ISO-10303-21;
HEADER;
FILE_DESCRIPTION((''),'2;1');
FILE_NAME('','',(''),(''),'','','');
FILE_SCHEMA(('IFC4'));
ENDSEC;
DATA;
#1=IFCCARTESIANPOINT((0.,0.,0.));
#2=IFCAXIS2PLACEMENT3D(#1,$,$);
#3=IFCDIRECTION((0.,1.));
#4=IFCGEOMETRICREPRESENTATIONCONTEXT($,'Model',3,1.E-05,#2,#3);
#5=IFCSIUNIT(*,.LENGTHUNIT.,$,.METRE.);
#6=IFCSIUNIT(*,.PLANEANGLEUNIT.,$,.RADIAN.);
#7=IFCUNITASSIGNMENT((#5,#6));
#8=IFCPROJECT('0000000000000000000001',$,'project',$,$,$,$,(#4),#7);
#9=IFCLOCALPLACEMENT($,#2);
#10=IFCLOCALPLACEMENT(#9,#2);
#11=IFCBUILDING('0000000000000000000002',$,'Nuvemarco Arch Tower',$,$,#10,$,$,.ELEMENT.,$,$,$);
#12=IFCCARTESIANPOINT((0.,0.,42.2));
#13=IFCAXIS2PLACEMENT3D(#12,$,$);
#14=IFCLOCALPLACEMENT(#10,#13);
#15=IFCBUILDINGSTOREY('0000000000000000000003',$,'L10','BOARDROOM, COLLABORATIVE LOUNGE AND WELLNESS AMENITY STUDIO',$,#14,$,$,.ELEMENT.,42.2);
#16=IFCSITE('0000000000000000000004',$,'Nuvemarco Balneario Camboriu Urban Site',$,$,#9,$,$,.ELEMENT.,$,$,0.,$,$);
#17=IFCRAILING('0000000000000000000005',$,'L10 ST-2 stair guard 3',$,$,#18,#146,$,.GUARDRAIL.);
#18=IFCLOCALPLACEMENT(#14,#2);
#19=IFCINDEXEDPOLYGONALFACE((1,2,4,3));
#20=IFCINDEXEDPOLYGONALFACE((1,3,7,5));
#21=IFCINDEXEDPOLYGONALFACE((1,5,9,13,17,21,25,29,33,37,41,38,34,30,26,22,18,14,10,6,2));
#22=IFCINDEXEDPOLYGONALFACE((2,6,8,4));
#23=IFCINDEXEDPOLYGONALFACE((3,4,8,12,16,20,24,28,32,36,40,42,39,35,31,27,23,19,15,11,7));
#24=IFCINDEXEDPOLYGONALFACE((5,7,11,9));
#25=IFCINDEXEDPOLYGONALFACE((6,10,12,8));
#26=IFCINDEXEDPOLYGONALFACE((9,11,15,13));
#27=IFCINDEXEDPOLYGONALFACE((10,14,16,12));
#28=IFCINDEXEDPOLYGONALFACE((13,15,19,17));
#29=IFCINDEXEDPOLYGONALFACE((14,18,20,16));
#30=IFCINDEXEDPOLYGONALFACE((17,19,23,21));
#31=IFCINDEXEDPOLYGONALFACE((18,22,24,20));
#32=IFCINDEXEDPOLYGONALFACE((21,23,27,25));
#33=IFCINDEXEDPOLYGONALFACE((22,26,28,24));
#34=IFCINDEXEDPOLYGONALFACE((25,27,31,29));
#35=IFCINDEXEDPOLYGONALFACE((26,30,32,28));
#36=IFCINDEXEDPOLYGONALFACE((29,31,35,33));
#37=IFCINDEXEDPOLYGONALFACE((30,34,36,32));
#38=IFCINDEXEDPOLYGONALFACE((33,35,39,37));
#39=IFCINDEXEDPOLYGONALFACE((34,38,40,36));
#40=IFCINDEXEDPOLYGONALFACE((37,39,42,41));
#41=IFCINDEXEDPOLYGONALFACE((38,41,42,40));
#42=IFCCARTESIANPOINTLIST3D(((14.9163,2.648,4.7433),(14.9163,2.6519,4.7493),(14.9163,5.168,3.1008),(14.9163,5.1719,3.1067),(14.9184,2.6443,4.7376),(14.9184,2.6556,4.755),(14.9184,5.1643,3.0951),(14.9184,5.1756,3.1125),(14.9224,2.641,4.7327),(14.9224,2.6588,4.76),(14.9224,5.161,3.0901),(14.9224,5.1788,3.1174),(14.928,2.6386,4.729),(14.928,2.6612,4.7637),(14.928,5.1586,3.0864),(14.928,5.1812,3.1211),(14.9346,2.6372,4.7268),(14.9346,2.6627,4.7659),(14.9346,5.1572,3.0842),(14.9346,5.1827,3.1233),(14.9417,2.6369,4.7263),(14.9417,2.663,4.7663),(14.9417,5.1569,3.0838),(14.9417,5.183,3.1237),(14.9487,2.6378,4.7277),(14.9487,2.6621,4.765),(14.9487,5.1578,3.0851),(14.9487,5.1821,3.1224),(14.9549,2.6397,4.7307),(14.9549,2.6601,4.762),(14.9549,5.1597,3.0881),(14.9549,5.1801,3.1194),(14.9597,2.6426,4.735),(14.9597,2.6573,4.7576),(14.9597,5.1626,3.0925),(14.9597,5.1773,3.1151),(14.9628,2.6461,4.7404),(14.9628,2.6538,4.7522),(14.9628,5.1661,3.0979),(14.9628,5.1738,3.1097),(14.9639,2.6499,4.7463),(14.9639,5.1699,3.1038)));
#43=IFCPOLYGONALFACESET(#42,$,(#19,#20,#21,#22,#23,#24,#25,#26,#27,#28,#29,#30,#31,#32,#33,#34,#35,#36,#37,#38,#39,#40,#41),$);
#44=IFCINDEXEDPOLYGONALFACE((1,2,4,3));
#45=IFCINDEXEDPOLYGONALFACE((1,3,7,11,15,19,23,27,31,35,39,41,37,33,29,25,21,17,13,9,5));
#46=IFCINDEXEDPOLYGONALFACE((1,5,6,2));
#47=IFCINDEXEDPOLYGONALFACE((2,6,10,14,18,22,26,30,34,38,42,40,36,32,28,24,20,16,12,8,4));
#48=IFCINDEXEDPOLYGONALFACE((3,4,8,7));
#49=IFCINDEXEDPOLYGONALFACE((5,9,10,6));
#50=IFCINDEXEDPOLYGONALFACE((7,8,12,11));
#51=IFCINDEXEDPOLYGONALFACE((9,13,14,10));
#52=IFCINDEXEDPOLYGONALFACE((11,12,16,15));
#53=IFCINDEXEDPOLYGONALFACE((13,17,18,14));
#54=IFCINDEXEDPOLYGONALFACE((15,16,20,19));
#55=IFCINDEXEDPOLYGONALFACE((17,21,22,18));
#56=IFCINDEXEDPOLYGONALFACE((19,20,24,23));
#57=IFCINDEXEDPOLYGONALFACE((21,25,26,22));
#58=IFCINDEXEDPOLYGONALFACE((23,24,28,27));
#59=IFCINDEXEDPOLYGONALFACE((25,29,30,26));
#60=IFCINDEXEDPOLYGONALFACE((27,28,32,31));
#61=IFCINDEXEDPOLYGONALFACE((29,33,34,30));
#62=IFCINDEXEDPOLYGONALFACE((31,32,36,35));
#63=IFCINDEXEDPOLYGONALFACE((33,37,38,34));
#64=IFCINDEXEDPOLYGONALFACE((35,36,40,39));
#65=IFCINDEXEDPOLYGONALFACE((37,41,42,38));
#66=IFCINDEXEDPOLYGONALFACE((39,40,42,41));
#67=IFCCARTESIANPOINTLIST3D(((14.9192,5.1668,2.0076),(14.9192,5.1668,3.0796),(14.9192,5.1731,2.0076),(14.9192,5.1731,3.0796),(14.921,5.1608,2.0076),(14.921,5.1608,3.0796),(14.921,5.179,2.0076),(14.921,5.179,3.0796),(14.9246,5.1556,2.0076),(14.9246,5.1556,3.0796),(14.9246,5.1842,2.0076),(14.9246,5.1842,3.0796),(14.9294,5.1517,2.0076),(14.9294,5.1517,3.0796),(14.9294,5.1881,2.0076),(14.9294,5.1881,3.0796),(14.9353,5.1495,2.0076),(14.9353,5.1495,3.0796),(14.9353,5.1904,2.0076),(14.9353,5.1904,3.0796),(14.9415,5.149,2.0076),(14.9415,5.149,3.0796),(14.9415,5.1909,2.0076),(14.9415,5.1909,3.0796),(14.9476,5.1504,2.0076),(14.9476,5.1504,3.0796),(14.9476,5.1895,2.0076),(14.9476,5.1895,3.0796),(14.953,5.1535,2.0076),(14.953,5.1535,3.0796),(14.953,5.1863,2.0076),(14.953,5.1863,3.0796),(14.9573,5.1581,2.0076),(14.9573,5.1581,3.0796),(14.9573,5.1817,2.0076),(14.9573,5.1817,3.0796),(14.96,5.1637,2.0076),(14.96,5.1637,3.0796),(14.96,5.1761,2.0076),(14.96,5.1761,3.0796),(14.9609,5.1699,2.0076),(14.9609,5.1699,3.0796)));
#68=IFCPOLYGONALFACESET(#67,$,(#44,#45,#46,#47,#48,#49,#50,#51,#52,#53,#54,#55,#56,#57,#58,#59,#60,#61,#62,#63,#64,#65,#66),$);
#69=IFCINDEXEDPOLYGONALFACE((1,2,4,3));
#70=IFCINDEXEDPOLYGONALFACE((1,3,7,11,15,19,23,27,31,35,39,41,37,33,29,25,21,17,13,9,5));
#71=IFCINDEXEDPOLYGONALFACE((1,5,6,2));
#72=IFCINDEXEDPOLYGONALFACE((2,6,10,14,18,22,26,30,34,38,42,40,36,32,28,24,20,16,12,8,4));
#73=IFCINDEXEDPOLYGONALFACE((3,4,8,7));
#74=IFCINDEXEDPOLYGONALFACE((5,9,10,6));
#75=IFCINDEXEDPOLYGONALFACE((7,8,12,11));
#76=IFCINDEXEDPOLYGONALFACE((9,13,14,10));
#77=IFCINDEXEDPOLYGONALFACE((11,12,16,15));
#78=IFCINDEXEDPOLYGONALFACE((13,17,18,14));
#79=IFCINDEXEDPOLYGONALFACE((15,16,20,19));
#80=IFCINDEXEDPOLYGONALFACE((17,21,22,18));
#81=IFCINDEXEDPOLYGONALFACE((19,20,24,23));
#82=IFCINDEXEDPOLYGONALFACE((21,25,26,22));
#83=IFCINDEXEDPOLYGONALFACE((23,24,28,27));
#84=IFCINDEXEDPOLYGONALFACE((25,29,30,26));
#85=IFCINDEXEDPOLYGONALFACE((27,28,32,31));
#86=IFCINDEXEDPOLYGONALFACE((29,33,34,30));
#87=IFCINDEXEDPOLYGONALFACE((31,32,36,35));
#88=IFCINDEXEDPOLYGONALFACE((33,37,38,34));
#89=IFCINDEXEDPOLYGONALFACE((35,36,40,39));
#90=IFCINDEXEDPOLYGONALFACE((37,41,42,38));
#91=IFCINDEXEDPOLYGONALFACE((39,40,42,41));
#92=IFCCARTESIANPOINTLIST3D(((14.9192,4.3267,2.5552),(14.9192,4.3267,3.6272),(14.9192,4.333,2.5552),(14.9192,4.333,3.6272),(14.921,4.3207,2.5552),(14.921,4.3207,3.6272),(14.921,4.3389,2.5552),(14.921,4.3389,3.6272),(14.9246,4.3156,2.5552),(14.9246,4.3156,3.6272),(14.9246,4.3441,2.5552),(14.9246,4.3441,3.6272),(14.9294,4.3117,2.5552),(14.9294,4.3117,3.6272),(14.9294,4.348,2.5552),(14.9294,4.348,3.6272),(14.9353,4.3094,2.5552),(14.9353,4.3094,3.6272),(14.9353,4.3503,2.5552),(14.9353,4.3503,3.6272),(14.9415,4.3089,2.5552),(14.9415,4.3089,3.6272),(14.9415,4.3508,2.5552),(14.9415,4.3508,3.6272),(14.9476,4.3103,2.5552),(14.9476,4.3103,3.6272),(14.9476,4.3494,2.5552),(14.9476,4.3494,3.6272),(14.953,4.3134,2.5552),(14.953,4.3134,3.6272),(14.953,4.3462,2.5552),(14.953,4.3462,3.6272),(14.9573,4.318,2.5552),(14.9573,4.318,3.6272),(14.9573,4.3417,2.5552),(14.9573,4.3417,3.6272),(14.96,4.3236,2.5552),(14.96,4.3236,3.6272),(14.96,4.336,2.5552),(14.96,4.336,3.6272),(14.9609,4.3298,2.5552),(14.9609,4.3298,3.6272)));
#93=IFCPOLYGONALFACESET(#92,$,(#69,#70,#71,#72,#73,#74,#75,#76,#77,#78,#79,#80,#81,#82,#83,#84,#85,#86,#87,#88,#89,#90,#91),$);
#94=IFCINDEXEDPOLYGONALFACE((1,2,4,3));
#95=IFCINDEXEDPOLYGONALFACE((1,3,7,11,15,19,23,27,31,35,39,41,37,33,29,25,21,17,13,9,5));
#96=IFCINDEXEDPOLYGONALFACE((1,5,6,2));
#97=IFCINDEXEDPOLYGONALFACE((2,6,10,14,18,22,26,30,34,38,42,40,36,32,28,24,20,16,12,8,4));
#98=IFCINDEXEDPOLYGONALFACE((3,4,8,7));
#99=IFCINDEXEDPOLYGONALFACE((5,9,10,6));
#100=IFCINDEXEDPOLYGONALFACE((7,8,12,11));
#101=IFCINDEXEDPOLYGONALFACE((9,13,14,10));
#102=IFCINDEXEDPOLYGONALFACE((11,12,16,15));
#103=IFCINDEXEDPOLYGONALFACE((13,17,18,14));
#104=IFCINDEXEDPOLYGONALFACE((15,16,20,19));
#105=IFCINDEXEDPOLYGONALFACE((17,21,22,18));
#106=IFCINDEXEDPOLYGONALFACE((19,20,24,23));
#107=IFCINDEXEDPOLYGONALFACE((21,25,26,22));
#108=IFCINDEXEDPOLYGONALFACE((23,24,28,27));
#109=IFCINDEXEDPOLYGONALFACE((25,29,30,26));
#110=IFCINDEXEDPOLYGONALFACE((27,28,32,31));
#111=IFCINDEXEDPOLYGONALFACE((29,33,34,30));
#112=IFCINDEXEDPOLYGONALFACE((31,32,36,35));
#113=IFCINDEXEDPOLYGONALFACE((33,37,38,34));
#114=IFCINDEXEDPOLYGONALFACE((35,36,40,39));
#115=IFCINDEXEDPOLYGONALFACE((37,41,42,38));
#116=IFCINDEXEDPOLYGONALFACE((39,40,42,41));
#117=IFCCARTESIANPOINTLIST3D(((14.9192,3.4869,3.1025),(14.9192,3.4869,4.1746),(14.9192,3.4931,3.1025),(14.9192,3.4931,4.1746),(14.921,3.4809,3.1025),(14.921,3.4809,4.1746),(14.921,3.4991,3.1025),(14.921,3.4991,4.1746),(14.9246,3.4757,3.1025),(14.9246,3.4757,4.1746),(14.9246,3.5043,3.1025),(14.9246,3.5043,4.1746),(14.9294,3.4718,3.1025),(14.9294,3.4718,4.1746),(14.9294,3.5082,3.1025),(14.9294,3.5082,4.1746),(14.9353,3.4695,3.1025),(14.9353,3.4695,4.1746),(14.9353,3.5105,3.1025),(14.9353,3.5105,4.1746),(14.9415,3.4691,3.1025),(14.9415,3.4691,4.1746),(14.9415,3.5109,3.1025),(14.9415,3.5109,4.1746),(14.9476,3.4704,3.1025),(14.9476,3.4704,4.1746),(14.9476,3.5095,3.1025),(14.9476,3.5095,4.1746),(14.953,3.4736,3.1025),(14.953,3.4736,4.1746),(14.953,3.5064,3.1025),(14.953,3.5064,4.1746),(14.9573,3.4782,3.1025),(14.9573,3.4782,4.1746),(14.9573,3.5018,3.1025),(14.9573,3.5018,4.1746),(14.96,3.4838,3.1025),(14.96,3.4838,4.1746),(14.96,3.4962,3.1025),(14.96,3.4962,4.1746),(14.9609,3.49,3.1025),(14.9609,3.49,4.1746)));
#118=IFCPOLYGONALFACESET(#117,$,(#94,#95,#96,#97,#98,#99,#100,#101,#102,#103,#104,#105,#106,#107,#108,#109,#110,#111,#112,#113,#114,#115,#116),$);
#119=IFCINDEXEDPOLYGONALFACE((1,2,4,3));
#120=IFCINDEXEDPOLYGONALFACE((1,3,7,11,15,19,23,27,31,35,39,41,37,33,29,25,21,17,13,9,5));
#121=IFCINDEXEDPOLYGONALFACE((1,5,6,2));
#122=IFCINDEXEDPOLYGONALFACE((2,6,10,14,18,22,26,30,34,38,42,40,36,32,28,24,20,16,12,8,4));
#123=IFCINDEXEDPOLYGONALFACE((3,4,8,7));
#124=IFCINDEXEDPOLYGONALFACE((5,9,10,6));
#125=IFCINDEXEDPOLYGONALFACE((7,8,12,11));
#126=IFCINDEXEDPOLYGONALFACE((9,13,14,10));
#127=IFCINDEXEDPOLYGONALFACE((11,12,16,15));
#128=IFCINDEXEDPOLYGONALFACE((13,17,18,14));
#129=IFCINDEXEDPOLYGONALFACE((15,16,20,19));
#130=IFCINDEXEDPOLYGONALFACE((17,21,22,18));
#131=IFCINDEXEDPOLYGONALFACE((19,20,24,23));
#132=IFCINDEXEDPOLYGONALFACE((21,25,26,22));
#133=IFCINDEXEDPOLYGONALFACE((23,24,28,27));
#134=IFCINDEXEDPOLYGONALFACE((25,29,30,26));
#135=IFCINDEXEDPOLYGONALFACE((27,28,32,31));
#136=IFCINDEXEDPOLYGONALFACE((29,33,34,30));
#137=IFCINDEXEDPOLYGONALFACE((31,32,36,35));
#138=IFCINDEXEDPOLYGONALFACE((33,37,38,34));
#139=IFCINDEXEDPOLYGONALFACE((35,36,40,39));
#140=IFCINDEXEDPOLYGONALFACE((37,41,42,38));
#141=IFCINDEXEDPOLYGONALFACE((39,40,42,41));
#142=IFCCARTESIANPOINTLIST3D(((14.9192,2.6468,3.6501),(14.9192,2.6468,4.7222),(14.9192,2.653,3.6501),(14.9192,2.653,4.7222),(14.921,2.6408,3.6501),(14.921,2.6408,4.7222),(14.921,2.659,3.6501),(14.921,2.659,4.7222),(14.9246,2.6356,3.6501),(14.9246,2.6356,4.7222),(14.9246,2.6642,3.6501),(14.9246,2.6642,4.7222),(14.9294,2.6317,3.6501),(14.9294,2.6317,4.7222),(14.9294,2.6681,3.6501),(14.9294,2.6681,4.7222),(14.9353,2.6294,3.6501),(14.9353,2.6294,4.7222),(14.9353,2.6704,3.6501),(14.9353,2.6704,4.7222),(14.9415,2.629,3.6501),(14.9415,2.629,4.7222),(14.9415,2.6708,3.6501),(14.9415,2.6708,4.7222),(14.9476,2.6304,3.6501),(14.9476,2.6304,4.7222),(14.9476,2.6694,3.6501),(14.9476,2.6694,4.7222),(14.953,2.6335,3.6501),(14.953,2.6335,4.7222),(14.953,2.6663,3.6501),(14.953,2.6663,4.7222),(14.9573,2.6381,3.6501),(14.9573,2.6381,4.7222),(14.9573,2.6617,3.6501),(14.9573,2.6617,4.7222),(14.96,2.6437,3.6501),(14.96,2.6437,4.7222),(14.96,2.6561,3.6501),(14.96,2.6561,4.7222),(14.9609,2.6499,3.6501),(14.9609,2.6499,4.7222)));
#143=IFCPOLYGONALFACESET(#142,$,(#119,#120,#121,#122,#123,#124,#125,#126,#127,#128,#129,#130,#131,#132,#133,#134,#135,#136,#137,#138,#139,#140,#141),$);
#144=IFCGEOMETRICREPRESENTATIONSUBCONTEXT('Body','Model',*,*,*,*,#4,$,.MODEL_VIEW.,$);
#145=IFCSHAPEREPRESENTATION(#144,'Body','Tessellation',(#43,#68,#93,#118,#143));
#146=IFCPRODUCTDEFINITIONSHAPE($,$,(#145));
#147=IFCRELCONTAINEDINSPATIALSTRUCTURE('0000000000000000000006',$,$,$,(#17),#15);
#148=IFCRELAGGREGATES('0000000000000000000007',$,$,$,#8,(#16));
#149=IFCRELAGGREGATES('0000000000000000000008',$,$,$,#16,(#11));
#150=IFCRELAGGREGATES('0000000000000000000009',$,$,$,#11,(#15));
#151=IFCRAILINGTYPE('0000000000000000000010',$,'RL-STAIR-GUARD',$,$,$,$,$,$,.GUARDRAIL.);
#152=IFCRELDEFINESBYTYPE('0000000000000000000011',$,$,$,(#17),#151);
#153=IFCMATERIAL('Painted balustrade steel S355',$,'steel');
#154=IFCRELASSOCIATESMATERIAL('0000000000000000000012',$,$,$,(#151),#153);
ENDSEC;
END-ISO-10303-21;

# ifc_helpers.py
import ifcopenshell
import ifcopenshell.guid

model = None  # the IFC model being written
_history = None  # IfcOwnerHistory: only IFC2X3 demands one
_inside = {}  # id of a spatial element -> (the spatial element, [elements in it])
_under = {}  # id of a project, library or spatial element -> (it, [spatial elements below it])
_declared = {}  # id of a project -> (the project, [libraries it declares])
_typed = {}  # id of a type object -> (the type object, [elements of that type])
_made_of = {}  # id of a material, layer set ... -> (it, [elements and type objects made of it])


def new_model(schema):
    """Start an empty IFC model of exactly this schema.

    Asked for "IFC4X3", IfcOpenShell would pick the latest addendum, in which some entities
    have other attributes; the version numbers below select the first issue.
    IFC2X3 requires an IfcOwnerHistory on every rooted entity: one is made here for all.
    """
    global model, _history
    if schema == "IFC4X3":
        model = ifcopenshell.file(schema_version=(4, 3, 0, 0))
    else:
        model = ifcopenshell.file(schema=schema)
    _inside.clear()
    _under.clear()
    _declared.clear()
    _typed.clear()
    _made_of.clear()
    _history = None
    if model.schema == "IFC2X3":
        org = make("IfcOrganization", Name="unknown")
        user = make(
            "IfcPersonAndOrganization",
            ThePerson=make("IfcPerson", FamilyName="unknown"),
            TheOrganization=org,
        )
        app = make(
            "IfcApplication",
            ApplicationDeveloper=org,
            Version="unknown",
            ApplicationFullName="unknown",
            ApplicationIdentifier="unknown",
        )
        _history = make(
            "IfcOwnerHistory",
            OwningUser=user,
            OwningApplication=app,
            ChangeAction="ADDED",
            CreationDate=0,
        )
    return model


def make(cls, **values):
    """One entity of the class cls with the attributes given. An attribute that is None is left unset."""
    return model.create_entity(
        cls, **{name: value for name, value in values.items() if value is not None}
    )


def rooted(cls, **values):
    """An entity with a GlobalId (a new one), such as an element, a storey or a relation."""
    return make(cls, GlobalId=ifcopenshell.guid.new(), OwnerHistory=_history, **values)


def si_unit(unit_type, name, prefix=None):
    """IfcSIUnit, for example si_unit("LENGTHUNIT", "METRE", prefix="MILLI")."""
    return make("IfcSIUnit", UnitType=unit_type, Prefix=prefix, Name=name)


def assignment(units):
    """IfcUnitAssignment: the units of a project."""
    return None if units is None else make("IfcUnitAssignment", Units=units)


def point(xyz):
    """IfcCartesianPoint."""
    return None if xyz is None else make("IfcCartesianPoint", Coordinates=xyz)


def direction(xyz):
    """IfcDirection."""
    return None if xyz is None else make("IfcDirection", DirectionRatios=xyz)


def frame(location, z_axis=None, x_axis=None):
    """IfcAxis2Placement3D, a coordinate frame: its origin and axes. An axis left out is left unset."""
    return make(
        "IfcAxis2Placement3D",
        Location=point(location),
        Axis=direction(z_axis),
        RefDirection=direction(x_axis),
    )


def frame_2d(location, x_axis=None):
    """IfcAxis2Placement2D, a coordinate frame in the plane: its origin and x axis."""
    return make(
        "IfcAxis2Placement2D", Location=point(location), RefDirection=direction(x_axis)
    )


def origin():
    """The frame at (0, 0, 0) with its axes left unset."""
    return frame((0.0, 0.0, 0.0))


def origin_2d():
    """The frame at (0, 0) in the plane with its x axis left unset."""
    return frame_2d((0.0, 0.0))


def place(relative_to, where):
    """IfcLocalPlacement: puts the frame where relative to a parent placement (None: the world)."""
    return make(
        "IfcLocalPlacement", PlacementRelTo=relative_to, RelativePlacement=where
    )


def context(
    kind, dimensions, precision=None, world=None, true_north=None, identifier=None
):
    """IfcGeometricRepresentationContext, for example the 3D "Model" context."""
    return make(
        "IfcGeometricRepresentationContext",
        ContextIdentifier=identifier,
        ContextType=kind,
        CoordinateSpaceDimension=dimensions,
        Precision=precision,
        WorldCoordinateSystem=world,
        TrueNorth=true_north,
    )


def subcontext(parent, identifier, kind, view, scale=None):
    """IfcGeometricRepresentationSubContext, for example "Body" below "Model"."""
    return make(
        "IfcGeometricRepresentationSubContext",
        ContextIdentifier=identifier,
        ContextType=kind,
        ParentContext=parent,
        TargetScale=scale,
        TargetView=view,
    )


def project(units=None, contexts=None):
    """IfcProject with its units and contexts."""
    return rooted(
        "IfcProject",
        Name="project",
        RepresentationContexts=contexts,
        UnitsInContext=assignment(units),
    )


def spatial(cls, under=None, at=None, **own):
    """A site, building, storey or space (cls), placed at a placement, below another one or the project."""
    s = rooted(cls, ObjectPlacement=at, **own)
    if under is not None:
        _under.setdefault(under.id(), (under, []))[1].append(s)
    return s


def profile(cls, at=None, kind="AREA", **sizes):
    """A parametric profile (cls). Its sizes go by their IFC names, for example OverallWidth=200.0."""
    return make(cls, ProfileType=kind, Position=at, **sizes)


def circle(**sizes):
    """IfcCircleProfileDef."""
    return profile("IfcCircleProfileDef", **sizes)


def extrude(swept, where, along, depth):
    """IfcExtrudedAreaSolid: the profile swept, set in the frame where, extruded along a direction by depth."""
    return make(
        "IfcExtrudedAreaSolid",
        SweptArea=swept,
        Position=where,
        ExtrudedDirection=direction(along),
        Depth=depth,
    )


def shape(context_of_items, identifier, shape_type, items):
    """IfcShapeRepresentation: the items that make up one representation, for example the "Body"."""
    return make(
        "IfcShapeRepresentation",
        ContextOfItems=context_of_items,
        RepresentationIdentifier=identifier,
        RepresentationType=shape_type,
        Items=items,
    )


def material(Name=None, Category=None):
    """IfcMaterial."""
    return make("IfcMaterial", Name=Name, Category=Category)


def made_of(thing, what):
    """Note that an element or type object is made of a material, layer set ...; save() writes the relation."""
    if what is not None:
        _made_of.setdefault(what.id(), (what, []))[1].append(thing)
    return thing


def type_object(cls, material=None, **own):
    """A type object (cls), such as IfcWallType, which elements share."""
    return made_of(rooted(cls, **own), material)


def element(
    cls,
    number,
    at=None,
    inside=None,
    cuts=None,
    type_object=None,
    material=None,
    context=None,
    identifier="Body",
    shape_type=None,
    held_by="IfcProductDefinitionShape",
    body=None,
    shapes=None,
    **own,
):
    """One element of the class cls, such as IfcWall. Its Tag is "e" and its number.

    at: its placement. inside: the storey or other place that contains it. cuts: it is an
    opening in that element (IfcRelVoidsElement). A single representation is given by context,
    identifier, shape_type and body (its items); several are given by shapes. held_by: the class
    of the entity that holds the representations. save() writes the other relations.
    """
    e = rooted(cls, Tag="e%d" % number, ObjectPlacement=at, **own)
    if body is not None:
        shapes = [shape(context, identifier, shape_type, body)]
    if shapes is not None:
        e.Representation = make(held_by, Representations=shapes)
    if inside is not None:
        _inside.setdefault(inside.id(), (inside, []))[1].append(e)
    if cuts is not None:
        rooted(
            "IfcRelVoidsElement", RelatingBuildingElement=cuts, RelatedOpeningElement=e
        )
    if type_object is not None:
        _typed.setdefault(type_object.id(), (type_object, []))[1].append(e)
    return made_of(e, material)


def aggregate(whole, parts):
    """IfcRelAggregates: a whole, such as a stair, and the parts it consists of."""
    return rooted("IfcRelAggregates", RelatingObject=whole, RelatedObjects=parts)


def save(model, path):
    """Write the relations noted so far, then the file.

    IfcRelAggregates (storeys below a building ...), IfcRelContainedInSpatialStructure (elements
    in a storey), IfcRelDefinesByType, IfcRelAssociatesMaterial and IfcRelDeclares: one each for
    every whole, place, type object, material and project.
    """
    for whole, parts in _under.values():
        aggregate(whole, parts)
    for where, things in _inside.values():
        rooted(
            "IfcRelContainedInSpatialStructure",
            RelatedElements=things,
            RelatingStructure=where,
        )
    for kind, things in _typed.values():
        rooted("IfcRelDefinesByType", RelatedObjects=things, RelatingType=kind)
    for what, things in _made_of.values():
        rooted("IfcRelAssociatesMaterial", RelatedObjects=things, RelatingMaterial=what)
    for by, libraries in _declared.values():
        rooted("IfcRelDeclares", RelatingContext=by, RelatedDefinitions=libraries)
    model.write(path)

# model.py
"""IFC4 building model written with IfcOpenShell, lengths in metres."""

from ifc_helpers import new_model, si_unit, direction, frame, origin, origin_2d, place, context, subcontext, project, spatial, circle, extrude, material, type_object, element, save


model = new_model("IFC4")

# Units and contexts
model_context = context("Model", 3, precision=1e-05, world=origin(), true_north=direction((0.0, 1.0)))
body_context = subcontext(model_context, "Body", "Model", "MODEL_VIEW")
ifc_project = project(units=[si_unit("LENGTHUNIT", "METRE"), si_unit("PLANEANGLEUNIT", "RADIAN")], contexts=[model_context])

# Site, building, storey
site_placement = place(None, origin())
site = spatial("IfcSite", under=ifc_project, at=site_placement, Name="Nuvemarco Balneario Camboriu Urban Site", CompositionType="ELEMENT", RefElevation=0.0)
building_placement = place(site_placement, origin())
building = spatial("IfcBuilding", under=site, at=building_placement, Name="Nuvemarco Arch Tower", CompositionType="ELEMENT")
storey_placement = place(building_placement, frame((0.0, 0.0, 42.2)))
storey = spatial("IfcBuildingStorey", under=building, at=storey_placement, Name="L10", Description="BOARDROOM, COLLABORATIVE LOUNGE AND WELLNESS AMENITY STUDIO", CompositionType="ELEMENT", Elevation=42.2)

# Railing
ifc_material_1 = material(Name="Painted balustrade steel S355", Category="steel")
railing_type_1 = type_object("IfcRailingType", Name="RL-STAIR-GUARD", PredefinedType="GUARDRAIL", material=ifc_material_1)
railing_1_placement = place(storey_placement, frame((14.9399, 5.1699, 2.0076)))
element("IfcRailing", 1, at=railing_1_placement, inside=storey, type_object=railing_type_1, Name="L10 ST-2 stair guard 3", PredefinedType="GUARDRAIL", context=body_context, shape_type="SweptSolid", body=[
    extrude(circle(Radius=0.0239, at=origin_2d()), frame((0.0, 0.0, 1.0962), z_axis=(0.0, -0.837749, 0.546055), x_axis=(1.0, 0.0, 0.0)), (0.0, 0.0, 1.0), 3.0081),
    extrude(circle(Radius=0.021, at=origin_2d()), origin(), (0.0, 0.0, 1.0), 1.072),
    extrude(circle(Radius=0.021, at=origin_2d()), frame((0.0, -0.8401, 0.5476)), (0.0, 0.0, 1.0), 1.072),
    extrude(circle(Radius=0.021, at=origin_2d()), frame((0.0, -1.6799, 1.095)), (0.0, 0.0, 1.0), 1.072),
    extrude(circle(Radius=0.021, at=origin_2d()), frame((0.0, -2.52, 1.6426)), (0.0, 0.0, 1.0), 1.072),
])

save(model, "model.ifc")
